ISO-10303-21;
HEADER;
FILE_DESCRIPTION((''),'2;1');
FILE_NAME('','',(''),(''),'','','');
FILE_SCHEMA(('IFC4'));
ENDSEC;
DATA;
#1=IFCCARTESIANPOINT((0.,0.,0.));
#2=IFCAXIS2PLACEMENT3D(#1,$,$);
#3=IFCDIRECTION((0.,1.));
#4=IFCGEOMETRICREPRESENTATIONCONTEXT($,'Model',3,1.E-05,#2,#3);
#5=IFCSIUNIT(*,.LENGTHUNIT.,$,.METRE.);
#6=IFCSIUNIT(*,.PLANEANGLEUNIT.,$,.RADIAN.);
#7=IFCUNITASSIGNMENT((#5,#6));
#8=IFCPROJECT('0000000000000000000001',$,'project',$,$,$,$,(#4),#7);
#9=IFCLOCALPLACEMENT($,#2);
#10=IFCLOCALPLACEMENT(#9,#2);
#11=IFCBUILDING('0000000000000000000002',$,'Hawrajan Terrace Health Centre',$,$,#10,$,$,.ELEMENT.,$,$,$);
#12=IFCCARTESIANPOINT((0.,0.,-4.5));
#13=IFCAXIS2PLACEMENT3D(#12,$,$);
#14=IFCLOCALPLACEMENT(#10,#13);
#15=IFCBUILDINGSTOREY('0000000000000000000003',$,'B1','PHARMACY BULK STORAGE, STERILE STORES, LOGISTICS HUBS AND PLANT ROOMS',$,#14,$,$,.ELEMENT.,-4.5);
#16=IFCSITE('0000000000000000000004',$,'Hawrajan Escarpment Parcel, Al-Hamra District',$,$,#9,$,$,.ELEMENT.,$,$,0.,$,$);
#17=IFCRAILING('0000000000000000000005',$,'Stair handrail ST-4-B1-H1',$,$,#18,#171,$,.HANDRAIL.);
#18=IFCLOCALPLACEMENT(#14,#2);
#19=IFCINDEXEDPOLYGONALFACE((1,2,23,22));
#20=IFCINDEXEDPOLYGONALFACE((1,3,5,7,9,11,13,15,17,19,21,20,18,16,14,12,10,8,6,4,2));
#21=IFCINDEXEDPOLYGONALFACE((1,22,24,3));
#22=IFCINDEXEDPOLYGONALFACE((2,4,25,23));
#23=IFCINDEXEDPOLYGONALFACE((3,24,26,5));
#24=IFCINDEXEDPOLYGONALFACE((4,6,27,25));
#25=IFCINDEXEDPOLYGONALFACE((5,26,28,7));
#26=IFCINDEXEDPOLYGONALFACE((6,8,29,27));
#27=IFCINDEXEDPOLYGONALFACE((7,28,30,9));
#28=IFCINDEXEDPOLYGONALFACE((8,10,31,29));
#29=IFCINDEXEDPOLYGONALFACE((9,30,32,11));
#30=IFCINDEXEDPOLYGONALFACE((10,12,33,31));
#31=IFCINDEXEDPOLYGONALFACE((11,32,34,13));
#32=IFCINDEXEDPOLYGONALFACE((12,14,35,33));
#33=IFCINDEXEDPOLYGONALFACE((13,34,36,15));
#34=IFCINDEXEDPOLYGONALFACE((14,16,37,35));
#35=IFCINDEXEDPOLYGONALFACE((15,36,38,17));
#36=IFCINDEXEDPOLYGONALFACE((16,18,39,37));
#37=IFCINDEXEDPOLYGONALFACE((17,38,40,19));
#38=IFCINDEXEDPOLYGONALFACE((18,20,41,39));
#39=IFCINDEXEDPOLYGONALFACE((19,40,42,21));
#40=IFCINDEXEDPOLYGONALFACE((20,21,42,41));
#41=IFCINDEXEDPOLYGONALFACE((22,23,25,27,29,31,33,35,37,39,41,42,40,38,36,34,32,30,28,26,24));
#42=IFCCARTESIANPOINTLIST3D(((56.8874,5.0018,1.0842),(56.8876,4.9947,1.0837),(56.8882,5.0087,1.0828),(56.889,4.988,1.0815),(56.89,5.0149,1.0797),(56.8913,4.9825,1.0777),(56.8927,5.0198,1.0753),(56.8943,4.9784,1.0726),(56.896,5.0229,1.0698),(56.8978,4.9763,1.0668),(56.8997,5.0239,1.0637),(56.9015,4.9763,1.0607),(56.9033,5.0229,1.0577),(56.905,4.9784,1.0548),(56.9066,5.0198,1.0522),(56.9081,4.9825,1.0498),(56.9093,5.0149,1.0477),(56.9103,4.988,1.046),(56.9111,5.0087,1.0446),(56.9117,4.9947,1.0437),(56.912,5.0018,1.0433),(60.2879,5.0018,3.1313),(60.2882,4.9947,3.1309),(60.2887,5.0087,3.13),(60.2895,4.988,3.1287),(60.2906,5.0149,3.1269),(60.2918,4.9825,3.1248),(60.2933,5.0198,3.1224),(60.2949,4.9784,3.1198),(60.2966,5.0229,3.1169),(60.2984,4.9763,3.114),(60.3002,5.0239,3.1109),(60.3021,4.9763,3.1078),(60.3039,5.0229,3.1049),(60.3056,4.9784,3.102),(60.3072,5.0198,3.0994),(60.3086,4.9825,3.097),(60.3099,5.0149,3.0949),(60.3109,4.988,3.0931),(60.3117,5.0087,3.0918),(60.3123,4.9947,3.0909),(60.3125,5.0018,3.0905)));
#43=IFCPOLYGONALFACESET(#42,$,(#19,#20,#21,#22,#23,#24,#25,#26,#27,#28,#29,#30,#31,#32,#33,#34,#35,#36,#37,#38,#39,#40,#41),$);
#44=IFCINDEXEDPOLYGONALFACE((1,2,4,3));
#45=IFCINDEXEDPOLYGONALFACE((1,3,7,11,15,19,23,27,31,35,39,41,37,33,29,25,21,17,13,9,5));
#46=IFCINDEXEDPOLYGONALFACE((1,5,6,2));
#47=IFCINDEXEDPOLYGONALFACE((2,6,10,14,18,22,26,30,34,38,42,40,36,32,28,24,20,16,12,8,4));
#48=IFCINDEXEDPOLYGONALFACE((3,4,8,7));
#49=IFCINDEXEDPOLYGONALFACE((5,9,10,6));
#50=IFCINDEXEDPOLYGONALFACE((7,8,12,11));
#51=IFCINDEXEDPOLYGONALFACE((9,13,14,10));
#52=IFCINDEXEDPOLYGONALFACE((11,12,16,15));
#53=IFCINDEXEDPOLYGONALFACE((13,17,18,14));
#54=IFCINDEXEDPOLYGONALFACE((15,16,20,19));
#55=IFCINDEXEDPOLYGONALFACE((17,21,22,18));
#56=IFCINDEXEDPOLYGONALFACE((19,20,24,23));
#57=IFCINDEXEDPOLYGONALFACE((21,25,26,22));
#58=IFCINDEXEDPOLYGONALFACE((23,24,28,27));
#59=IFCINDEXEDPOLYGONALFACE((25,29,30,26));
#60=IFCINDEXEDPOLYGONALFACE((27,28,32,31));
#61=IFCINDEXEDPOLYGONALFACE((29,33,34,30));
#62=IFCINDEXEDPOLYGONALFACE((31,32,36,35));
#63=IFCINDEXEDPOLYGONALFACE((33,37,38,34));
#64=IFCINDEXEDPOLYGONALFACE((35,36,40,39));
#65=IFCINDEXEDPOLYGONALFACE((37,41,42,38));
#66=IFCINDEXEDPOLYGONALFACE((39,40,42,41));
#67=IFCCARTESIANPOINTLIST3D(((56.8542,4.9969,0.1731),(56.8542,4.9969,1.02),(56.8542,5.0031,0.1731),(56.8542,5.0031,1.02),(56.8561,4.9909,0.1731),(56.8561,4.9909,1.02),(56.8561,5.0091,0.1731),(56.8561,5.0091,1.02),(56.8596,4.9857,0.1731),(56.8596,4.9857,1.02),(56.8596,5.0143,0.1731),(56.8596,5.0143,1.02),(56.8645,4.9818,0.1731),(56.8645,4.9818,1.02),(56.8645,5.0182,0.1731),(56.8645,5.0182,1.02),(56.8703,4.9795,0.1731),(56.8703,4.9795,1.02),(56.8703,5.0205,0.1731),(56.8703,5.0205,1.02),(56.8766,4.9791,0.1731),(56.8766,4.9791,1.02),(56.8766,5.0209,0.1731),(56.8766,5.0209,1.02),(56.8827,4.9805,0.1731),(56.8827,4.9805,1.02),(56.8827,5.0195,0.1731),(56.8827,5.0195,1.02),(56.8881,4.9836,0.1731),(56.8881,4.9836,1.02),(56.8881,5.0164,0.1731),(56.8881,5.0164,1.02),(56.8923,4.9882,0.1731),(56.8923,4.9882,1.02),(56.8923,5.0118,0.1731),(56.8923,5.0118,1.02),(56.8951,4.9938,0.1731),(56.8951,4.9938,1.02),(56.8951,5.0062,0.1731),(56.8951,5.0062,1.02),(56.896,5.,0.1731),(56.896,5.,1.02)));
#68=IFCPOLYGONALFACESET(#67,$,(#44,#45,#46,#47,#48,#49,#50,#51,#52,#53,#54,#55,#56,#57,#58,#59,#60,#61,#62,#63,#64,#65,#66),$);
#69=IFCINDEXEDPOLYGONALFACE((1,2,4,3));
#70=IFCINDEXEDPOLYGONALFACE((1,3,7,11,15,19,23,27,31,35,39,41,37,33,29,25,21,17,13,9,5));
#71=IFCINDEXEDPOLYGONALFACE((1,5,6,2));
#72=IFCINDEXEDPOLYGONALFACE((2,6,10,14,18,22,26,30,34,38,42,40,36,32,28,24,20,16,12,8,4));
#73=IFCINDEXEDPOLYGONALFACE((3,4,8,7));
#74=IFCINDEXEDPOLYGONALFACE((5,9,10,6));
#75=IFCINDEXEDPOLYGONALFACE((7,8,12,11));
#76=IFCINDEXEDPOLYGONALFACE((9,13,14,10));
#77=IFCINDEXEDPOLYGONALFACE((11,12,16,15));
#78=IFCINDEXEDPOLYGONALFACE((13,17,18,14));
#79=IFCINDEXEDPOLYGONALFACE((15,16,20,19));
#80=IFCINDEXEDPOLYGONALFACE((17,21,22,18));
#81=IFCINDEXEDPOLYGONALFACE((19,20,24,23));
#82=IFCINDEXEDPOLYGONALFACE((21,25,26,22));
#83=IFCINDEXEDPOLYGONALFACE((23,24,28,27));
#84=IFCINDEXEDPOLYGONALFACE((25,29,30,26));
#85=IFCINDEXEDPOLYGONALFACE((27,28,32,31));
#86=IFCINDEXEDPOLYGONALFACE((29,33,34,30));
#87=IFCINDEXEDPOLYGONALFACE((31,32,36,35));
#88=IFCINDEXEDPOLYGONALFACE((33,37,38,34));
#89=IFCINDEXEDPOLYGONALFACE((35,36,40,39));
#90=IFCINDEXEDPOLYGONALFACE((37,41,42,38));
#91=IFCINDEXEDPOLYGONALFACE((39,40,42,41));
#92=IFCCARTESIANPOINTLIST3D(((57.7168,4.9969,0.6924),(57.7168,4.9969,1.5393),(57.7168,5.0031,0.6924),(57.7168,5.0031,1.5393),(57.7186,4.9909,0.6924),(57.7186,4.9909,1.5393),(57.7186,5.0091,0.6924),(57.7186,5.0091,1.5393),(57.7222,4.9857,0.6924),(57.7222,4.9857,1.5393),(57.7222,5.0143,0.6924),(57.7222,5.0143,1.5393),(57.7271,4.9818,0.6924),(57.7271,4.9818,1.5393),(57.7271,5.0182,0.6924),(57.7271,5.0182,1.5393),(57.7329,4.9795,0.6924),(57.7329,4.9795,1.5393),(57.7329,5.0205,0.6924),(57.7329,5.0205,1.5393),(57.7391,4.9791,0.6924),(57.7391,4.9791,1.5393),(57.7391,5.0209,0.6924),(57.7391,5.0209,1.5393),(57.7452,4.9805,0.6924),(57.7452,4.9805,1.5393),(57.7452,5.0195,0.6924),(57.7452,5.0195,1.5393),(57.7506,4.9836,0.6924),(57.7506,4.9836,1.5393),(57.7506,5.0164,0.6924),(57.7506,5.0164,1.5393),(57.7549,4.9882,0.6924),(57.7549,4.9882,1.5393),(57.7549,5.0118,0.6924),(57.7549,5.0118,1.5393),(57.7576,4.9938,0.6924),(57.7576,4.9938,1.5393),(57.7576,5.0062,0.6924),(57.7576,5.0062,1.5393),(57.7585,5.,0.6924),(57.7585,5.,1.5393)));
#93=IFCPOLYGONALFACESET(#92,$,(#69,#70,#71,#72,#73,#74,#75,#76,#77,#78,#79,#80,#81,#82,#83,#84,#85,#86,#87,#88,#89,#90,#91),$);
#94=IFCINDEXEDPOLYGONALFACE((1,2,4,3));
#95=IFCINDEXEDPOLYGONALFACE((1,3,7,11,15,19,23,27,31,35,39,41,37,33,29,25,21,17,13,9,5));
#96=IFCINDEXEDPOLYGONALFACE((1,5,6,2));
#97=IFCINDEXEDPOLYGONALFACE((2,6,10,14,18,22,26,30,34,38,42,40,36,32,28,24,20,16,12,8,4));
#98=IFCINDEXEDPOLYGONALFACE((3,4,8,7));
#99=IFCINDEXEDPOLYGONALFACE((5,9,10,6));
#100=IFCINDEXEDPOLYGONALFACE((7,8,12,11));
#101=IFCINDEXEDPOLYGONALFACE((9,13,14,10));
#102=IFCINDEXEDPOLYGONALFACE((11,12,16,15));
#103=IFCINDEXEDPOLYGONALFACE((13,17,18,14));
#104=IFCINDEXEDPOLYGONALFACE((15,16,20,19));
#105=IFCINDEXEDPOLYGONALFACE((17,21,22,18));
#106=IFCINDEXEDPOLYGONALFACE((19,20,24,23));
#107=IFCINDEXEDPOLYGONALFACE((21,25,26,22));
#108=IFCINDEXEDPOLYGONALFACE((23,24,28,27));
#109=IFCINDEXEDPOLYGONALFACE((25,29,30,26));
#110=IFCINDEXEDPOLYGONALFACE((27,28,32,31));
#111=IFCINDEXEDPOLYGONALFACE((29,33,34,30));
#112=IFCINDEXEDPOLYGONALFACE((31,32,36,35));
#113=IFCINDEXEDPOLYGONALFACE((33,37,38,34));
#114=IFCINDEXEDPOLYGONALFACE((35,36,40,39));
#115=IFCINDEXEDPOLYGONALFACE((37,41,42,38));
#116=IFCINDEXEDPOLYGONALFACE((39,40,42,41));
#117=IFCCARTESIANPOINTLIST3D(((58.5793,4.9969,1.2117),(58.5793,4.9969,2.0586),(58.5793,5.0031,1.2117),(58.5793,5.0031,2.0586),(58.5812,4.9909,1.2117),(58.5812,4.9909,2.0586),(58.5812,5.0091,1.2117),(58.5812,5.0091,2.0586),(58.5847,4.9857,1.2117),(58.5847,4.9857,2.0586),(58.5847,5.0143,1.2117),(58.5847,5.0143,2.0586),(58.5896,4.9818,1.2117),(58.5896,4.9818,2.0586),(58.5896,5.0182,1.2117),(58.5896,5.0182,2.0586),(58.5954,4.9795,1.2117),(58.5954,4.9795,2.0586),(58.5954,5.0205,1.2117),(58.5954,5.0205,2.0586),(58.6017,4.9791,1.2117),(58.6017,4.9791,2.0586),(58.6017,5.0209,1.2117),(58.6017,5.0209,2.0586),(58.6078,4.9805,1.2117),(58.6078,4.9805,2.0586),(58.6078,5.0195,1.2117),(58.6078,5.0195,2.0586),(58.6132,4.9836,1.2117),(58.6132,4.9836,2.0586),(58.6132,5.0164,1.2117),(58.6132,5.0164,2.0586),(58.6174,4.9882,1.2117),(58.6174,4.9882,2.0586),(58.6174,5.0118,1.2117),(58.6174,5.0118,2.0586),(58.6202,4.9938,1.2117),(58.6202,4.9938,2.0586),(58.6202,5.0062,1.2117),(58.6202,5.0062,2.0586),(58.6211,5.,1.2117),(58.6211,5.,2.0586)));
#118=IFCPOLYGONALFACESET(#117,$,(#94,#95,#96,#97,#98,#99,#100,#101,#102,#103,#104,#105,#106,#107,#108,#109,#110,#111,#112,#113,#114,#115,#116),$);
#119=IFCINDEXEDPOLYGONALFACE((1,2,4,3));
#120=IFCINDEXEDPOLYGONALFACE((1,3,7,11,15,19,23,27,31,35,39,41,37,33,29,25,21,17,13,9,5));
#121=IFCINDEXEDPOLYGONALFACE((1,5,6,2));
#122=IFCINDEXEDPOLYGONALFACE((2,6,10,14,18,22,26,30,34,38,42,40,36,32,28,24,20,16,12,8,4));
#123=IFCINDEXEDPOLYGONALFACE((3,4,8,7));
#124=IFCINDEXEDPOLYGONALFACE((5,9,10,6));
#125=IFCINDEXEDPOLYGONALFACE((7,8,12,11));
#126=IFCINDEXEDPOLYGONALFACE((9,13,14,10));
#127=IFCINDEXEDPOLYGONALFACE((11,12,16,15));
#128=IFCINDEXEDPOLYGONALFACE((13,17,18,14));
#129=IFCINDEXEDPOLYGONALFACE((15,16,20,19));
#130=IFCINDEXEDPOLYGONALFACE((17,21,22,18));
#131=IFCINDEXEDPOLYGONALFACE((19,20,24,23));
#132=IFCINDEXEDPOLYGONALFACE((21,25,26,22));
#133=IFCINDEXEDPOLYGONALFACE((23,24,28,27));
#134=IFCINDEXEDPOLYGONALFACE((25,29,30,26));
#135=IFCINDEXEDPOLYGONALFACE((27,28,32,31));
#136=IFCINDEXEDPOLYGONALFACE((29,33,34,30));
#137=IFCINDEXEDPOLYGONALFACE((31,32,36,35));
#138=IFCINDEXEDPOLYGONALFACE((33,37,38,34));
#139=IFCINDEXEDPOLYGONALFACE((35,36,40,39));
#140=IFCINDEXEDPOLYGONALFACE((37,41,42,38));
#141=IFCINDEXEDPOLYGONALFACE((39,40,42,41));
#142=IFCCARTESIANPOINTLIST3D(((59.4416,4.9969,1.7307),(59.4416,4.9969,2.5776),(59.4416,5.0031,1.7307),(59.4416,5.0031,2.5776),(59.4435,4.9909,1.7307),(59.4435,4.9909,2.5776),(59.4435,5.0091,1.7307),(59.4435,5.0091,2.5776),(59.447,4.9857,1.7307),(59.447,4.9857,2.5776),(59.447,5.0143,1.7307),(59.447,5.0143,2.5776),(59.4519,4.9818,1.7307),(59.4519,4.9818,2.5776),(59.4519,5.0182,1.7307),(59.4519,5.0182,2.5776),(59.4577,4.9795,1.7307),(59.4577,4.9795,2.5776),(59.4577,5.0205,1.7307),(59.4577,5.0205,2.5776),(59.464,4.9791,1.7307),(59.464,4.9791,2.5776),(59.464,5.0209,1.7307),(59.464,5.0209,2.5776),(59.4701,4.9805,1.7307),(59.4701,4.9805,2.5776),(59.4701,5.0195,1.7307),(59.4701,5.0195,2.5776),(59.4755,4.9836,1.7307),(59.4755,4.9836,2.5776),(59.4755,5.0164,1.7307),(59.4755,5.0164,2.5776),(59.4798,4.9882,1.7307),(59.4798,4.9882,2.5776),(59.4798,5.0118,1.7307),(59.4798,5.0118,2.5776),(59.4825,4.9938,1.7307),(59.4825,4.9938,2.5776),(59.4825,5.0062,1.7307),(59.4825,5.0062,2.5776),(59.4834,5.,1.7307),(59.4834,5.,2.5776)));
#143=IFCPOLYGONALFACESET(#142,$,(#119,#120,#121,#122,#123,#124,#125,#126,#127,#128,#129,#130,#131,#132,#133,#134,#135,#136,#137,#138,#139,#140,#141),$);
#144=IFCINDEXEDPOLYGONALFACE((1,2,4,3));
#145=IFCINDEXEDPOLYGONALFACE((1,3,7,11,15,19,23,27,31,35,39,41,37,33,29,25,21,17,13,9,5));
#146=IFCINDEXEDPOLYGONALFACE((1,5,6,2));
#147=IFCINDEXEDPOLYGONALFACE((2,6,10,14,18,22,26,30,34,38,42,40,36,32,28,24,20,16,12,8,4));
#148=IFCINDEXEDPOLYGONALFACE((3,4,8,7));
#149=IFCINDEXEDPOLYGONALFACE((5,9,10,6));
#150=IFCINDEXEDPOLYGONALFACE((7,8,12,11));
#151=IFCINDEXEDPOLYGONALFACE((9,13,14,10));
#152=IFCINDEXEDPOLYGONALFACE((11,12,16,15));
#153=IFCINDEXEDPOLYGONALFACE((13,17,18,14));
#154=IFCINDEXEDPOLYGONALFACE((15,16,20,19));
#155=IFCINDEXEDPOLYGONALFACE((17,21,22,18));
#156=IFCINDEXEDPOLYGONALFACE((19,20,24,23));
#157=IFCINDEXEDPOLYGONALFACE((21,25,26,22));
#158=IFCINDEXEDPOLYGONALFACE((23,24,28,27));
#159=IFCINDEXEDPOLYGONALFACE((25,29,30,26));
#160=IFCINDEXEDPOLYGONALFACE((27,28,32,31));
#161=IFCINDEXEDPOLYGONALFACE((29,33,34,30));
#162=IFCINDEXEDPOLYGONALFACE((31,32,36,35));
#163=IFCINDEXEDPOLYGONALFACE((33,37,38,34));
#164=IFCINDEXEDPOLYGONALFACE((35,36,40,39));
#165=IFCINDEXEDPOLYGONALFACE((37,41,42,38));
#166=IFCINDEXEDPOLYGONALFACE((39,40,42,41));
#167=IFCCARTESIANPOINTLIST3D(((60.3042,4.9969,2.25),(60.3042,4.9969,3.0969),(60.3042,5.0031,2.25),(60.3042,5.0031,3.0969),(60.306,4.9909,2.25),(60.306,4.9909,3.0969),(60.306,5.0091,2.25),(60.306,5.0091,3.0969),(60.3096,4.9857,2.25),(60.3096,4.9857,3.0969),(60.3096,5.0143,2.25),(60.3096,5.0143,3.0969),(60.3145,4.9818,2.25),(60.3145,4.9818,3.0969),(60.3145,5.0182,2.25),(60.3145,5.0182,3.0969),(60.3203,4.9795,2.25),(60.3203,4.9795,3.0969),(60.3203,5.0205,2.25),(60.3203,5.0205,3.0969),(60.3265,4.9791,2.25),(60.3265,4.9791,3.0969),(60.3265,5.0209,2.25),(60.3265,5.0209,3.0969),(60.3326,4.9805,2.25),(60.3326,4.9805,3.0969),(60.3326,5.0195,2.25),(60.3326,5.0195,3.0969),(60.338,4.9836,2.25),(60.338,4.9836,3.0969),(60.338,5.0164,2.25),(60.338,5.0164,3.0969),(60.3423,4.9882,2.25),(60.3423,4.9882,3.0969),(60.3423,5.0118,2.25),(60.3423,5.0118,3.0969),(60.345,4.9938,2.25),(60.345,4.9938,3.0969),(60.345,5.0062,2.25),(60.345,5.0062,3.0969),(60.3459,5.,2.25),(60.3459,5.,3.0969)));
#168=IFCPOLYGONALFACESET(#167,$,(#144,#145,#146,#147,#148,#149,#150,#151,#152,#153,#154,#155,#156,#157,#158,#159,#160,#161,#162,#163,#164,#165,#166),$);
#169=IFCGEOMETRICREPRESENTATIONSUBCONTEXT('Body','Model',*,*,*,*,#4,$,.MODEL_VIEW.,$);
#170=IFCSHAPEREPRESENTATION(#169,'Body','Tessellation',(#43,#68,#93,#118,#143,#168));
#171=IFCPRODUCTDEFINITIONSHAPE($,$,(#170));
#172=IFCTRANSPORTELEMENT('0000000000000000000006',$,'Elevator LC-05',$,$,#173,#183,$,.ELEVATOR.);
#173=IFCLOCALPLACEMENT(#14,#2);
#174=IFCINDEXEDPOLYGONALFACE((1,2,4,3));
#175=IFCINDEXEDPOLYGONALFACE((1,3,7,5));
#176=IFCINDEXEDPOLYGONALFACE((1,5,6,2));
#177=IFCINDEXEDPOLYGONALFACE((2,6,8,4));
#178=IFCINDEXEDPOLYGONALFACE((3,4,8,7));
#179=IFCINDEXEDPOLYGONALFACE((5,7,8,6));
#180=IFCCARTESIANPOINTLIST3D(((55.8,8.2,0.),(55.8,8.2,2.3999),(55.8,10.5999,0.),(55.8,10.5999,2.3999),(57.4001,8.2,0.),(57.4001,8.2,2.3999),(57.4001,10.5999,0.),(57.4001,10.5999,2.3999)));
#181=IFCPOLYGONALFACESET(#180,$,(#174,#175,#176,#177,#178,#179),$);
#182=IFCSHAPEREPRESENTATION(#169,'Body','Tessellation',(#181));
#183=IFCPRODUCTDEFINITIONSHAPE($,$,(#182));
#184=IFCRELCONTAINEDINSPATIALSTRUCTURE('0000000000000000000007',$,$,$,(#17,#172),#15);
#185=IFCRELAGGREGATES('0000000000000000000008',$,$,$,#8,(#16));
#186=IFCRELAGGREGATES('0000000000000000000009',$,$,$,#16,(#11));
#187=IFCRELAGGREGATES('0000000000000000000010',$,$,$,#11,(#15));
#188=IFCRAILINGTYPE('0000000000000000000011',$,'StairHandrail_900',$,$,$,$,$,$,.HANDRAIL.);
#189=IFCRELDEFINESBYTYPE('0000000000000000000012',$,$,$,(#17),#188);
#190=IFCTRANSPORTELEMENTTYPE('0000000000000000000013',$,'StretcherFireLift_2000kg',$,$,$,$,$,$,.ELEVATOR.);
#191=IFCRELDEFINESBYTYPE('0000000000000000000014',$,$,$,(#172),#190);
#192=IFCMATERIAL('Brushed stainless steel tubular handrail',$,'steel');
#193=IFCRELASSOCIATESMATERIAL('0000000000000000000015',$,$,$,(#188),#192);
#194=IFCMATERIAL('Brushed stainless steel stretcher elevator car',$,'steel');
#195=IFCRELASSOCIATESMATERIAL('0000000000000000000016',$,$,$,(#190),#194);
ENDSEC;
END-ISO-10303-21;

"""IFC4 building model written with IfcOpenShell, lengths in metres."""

from ifc_helpers import new_model, si_unit, direction, frame, origin, origin_2d, place, context, subcontext, project, spatial, rectangle, circle, extrude, material, type_object, element, save


model = new_model("IFC4")

# Units and contexts
model_context = context("Model", 3, precision=1e-05, world=origin(), true_north=direction((0.0, 1.0)))
body_context = subcontext(model_context, "Body", "Model", "MODEL_VIEW")
ifc_project = project(units=[si_unit("LENGTHUNIT", "METRE"), si_unit("PLANEANGLEUNIT", "RADIAN")], contexts=[model_context])

# Site, building, storey
site_placement = place(None, origin())
site = spatial("IfcSite", under=ifc_project, at=site_placement, Name="Hawrajan Escarpment Parcel, Al-Hamra District", CompositionType="ELEMENT", RefElevation=0.0)
building_placement = place(site_placement, origin())
building = spatial("IfcBuilding", under=site, at=building_placement, Name="Hawrajan Terrace Health Centre", CompositionType="ELEMENT")
storey_placement = place(building_placement, frame((0.0, 0.0, -4.5)))
storey = spatial("IfcBuildingStorey", under=building, at=storey_placement, Name="B1", Description="PHARMACY BULK STORAGE, STERILE STORES, LOGISTICS HUBS AND PLANT ROOMS", CompositionType="ELEMENT", Elevation=-4.5)

# Railing
ifc_material_1 = material(Name="Brushed stainless steel tubular handrail", Category="steel")
railing_type_1 = type_object("IfcRailingType", Name="StairHandrail_900", PredefinedType="HANDRAIL", material=ifc_material_1)
railing_1_placement = place(storey_placement, frame((56.875, 5.0, 0.1731)))
element("IfcRailing", 1, at=railing_1_placement, inside=storey, type_object=railing_type_1, Name="Stair handrail ST-4-B1-H1", PredefinedType="HANDRAIL", context=body_context, shape_type="SweptSolid", body=[
    extrude(circle(Radius=0.0239, at=origin_2d()), frame((0.0247, 0.0, 0.8906), z_axis=(0.856732, 0.0, 0.515761), x_axis=(0.0, 1.0, 0.0)), (0.0, 0.0, 1.0), 3.9692),
    extrude(circle(Radius=0.021, at=origin_2d()), origin(), (0.0, 0.0, 1.0), 0.8469),
    extrude(circle(Radius=0.021, at=origin_2d()), frame((0.8625, 0.0, 0.5193)), (0.0, 0.0, 1.0), 0.8469),
    extrude(circle(Radius=0.021, at=origin_2d()), frame((1.7251, 0.0, 1.0386)), (0.0, 0.0, 1.0), 0.8469),
    extrude(circle(Radius=0.021, at=origin_2d()), frame((2.5874, 0.0, 1.5576)), (0.0, 0.0, 1.0), 0.8469),
    extrude(circle(Radius=0.021, at=origin_2d()), frame((3.45, 0.0, 2.0769)), (0.0, 0.0, 1.0), 0.8469),
])

# Transport element
ifc_material_2 = material(Name="Brushed stainless steel stretcher elevator car", Category="steel")
transport_element_type = type_object("IfcTransportElementType", Name="StretcherFireLift_2000kg", PredefinedType="ELEVATOR", material=ifc_material_2)
transport_element_placement = place(storey_placement, frame((56.6001, 9.3999, 0.0), z_axis=(0.0, 0.0, 1.0), x_axis=(1.0, 0.0, 0.0)))
element("IfcTransportElement", 2, at=transport_element_placement, inside=storey, type_object=transport_element_type, Name="Elevator LC-05", PredefinedType="ELEVATOR", context=body_context, shape_type="SweptSolid", body=[
    extrude(rectangle(XDim=1.6001, YDim=2.3999, at=origin_2d()), origin(), (0.0, 0.0, 1.0), 2.3999),
])

save(model, "model.ifc")
